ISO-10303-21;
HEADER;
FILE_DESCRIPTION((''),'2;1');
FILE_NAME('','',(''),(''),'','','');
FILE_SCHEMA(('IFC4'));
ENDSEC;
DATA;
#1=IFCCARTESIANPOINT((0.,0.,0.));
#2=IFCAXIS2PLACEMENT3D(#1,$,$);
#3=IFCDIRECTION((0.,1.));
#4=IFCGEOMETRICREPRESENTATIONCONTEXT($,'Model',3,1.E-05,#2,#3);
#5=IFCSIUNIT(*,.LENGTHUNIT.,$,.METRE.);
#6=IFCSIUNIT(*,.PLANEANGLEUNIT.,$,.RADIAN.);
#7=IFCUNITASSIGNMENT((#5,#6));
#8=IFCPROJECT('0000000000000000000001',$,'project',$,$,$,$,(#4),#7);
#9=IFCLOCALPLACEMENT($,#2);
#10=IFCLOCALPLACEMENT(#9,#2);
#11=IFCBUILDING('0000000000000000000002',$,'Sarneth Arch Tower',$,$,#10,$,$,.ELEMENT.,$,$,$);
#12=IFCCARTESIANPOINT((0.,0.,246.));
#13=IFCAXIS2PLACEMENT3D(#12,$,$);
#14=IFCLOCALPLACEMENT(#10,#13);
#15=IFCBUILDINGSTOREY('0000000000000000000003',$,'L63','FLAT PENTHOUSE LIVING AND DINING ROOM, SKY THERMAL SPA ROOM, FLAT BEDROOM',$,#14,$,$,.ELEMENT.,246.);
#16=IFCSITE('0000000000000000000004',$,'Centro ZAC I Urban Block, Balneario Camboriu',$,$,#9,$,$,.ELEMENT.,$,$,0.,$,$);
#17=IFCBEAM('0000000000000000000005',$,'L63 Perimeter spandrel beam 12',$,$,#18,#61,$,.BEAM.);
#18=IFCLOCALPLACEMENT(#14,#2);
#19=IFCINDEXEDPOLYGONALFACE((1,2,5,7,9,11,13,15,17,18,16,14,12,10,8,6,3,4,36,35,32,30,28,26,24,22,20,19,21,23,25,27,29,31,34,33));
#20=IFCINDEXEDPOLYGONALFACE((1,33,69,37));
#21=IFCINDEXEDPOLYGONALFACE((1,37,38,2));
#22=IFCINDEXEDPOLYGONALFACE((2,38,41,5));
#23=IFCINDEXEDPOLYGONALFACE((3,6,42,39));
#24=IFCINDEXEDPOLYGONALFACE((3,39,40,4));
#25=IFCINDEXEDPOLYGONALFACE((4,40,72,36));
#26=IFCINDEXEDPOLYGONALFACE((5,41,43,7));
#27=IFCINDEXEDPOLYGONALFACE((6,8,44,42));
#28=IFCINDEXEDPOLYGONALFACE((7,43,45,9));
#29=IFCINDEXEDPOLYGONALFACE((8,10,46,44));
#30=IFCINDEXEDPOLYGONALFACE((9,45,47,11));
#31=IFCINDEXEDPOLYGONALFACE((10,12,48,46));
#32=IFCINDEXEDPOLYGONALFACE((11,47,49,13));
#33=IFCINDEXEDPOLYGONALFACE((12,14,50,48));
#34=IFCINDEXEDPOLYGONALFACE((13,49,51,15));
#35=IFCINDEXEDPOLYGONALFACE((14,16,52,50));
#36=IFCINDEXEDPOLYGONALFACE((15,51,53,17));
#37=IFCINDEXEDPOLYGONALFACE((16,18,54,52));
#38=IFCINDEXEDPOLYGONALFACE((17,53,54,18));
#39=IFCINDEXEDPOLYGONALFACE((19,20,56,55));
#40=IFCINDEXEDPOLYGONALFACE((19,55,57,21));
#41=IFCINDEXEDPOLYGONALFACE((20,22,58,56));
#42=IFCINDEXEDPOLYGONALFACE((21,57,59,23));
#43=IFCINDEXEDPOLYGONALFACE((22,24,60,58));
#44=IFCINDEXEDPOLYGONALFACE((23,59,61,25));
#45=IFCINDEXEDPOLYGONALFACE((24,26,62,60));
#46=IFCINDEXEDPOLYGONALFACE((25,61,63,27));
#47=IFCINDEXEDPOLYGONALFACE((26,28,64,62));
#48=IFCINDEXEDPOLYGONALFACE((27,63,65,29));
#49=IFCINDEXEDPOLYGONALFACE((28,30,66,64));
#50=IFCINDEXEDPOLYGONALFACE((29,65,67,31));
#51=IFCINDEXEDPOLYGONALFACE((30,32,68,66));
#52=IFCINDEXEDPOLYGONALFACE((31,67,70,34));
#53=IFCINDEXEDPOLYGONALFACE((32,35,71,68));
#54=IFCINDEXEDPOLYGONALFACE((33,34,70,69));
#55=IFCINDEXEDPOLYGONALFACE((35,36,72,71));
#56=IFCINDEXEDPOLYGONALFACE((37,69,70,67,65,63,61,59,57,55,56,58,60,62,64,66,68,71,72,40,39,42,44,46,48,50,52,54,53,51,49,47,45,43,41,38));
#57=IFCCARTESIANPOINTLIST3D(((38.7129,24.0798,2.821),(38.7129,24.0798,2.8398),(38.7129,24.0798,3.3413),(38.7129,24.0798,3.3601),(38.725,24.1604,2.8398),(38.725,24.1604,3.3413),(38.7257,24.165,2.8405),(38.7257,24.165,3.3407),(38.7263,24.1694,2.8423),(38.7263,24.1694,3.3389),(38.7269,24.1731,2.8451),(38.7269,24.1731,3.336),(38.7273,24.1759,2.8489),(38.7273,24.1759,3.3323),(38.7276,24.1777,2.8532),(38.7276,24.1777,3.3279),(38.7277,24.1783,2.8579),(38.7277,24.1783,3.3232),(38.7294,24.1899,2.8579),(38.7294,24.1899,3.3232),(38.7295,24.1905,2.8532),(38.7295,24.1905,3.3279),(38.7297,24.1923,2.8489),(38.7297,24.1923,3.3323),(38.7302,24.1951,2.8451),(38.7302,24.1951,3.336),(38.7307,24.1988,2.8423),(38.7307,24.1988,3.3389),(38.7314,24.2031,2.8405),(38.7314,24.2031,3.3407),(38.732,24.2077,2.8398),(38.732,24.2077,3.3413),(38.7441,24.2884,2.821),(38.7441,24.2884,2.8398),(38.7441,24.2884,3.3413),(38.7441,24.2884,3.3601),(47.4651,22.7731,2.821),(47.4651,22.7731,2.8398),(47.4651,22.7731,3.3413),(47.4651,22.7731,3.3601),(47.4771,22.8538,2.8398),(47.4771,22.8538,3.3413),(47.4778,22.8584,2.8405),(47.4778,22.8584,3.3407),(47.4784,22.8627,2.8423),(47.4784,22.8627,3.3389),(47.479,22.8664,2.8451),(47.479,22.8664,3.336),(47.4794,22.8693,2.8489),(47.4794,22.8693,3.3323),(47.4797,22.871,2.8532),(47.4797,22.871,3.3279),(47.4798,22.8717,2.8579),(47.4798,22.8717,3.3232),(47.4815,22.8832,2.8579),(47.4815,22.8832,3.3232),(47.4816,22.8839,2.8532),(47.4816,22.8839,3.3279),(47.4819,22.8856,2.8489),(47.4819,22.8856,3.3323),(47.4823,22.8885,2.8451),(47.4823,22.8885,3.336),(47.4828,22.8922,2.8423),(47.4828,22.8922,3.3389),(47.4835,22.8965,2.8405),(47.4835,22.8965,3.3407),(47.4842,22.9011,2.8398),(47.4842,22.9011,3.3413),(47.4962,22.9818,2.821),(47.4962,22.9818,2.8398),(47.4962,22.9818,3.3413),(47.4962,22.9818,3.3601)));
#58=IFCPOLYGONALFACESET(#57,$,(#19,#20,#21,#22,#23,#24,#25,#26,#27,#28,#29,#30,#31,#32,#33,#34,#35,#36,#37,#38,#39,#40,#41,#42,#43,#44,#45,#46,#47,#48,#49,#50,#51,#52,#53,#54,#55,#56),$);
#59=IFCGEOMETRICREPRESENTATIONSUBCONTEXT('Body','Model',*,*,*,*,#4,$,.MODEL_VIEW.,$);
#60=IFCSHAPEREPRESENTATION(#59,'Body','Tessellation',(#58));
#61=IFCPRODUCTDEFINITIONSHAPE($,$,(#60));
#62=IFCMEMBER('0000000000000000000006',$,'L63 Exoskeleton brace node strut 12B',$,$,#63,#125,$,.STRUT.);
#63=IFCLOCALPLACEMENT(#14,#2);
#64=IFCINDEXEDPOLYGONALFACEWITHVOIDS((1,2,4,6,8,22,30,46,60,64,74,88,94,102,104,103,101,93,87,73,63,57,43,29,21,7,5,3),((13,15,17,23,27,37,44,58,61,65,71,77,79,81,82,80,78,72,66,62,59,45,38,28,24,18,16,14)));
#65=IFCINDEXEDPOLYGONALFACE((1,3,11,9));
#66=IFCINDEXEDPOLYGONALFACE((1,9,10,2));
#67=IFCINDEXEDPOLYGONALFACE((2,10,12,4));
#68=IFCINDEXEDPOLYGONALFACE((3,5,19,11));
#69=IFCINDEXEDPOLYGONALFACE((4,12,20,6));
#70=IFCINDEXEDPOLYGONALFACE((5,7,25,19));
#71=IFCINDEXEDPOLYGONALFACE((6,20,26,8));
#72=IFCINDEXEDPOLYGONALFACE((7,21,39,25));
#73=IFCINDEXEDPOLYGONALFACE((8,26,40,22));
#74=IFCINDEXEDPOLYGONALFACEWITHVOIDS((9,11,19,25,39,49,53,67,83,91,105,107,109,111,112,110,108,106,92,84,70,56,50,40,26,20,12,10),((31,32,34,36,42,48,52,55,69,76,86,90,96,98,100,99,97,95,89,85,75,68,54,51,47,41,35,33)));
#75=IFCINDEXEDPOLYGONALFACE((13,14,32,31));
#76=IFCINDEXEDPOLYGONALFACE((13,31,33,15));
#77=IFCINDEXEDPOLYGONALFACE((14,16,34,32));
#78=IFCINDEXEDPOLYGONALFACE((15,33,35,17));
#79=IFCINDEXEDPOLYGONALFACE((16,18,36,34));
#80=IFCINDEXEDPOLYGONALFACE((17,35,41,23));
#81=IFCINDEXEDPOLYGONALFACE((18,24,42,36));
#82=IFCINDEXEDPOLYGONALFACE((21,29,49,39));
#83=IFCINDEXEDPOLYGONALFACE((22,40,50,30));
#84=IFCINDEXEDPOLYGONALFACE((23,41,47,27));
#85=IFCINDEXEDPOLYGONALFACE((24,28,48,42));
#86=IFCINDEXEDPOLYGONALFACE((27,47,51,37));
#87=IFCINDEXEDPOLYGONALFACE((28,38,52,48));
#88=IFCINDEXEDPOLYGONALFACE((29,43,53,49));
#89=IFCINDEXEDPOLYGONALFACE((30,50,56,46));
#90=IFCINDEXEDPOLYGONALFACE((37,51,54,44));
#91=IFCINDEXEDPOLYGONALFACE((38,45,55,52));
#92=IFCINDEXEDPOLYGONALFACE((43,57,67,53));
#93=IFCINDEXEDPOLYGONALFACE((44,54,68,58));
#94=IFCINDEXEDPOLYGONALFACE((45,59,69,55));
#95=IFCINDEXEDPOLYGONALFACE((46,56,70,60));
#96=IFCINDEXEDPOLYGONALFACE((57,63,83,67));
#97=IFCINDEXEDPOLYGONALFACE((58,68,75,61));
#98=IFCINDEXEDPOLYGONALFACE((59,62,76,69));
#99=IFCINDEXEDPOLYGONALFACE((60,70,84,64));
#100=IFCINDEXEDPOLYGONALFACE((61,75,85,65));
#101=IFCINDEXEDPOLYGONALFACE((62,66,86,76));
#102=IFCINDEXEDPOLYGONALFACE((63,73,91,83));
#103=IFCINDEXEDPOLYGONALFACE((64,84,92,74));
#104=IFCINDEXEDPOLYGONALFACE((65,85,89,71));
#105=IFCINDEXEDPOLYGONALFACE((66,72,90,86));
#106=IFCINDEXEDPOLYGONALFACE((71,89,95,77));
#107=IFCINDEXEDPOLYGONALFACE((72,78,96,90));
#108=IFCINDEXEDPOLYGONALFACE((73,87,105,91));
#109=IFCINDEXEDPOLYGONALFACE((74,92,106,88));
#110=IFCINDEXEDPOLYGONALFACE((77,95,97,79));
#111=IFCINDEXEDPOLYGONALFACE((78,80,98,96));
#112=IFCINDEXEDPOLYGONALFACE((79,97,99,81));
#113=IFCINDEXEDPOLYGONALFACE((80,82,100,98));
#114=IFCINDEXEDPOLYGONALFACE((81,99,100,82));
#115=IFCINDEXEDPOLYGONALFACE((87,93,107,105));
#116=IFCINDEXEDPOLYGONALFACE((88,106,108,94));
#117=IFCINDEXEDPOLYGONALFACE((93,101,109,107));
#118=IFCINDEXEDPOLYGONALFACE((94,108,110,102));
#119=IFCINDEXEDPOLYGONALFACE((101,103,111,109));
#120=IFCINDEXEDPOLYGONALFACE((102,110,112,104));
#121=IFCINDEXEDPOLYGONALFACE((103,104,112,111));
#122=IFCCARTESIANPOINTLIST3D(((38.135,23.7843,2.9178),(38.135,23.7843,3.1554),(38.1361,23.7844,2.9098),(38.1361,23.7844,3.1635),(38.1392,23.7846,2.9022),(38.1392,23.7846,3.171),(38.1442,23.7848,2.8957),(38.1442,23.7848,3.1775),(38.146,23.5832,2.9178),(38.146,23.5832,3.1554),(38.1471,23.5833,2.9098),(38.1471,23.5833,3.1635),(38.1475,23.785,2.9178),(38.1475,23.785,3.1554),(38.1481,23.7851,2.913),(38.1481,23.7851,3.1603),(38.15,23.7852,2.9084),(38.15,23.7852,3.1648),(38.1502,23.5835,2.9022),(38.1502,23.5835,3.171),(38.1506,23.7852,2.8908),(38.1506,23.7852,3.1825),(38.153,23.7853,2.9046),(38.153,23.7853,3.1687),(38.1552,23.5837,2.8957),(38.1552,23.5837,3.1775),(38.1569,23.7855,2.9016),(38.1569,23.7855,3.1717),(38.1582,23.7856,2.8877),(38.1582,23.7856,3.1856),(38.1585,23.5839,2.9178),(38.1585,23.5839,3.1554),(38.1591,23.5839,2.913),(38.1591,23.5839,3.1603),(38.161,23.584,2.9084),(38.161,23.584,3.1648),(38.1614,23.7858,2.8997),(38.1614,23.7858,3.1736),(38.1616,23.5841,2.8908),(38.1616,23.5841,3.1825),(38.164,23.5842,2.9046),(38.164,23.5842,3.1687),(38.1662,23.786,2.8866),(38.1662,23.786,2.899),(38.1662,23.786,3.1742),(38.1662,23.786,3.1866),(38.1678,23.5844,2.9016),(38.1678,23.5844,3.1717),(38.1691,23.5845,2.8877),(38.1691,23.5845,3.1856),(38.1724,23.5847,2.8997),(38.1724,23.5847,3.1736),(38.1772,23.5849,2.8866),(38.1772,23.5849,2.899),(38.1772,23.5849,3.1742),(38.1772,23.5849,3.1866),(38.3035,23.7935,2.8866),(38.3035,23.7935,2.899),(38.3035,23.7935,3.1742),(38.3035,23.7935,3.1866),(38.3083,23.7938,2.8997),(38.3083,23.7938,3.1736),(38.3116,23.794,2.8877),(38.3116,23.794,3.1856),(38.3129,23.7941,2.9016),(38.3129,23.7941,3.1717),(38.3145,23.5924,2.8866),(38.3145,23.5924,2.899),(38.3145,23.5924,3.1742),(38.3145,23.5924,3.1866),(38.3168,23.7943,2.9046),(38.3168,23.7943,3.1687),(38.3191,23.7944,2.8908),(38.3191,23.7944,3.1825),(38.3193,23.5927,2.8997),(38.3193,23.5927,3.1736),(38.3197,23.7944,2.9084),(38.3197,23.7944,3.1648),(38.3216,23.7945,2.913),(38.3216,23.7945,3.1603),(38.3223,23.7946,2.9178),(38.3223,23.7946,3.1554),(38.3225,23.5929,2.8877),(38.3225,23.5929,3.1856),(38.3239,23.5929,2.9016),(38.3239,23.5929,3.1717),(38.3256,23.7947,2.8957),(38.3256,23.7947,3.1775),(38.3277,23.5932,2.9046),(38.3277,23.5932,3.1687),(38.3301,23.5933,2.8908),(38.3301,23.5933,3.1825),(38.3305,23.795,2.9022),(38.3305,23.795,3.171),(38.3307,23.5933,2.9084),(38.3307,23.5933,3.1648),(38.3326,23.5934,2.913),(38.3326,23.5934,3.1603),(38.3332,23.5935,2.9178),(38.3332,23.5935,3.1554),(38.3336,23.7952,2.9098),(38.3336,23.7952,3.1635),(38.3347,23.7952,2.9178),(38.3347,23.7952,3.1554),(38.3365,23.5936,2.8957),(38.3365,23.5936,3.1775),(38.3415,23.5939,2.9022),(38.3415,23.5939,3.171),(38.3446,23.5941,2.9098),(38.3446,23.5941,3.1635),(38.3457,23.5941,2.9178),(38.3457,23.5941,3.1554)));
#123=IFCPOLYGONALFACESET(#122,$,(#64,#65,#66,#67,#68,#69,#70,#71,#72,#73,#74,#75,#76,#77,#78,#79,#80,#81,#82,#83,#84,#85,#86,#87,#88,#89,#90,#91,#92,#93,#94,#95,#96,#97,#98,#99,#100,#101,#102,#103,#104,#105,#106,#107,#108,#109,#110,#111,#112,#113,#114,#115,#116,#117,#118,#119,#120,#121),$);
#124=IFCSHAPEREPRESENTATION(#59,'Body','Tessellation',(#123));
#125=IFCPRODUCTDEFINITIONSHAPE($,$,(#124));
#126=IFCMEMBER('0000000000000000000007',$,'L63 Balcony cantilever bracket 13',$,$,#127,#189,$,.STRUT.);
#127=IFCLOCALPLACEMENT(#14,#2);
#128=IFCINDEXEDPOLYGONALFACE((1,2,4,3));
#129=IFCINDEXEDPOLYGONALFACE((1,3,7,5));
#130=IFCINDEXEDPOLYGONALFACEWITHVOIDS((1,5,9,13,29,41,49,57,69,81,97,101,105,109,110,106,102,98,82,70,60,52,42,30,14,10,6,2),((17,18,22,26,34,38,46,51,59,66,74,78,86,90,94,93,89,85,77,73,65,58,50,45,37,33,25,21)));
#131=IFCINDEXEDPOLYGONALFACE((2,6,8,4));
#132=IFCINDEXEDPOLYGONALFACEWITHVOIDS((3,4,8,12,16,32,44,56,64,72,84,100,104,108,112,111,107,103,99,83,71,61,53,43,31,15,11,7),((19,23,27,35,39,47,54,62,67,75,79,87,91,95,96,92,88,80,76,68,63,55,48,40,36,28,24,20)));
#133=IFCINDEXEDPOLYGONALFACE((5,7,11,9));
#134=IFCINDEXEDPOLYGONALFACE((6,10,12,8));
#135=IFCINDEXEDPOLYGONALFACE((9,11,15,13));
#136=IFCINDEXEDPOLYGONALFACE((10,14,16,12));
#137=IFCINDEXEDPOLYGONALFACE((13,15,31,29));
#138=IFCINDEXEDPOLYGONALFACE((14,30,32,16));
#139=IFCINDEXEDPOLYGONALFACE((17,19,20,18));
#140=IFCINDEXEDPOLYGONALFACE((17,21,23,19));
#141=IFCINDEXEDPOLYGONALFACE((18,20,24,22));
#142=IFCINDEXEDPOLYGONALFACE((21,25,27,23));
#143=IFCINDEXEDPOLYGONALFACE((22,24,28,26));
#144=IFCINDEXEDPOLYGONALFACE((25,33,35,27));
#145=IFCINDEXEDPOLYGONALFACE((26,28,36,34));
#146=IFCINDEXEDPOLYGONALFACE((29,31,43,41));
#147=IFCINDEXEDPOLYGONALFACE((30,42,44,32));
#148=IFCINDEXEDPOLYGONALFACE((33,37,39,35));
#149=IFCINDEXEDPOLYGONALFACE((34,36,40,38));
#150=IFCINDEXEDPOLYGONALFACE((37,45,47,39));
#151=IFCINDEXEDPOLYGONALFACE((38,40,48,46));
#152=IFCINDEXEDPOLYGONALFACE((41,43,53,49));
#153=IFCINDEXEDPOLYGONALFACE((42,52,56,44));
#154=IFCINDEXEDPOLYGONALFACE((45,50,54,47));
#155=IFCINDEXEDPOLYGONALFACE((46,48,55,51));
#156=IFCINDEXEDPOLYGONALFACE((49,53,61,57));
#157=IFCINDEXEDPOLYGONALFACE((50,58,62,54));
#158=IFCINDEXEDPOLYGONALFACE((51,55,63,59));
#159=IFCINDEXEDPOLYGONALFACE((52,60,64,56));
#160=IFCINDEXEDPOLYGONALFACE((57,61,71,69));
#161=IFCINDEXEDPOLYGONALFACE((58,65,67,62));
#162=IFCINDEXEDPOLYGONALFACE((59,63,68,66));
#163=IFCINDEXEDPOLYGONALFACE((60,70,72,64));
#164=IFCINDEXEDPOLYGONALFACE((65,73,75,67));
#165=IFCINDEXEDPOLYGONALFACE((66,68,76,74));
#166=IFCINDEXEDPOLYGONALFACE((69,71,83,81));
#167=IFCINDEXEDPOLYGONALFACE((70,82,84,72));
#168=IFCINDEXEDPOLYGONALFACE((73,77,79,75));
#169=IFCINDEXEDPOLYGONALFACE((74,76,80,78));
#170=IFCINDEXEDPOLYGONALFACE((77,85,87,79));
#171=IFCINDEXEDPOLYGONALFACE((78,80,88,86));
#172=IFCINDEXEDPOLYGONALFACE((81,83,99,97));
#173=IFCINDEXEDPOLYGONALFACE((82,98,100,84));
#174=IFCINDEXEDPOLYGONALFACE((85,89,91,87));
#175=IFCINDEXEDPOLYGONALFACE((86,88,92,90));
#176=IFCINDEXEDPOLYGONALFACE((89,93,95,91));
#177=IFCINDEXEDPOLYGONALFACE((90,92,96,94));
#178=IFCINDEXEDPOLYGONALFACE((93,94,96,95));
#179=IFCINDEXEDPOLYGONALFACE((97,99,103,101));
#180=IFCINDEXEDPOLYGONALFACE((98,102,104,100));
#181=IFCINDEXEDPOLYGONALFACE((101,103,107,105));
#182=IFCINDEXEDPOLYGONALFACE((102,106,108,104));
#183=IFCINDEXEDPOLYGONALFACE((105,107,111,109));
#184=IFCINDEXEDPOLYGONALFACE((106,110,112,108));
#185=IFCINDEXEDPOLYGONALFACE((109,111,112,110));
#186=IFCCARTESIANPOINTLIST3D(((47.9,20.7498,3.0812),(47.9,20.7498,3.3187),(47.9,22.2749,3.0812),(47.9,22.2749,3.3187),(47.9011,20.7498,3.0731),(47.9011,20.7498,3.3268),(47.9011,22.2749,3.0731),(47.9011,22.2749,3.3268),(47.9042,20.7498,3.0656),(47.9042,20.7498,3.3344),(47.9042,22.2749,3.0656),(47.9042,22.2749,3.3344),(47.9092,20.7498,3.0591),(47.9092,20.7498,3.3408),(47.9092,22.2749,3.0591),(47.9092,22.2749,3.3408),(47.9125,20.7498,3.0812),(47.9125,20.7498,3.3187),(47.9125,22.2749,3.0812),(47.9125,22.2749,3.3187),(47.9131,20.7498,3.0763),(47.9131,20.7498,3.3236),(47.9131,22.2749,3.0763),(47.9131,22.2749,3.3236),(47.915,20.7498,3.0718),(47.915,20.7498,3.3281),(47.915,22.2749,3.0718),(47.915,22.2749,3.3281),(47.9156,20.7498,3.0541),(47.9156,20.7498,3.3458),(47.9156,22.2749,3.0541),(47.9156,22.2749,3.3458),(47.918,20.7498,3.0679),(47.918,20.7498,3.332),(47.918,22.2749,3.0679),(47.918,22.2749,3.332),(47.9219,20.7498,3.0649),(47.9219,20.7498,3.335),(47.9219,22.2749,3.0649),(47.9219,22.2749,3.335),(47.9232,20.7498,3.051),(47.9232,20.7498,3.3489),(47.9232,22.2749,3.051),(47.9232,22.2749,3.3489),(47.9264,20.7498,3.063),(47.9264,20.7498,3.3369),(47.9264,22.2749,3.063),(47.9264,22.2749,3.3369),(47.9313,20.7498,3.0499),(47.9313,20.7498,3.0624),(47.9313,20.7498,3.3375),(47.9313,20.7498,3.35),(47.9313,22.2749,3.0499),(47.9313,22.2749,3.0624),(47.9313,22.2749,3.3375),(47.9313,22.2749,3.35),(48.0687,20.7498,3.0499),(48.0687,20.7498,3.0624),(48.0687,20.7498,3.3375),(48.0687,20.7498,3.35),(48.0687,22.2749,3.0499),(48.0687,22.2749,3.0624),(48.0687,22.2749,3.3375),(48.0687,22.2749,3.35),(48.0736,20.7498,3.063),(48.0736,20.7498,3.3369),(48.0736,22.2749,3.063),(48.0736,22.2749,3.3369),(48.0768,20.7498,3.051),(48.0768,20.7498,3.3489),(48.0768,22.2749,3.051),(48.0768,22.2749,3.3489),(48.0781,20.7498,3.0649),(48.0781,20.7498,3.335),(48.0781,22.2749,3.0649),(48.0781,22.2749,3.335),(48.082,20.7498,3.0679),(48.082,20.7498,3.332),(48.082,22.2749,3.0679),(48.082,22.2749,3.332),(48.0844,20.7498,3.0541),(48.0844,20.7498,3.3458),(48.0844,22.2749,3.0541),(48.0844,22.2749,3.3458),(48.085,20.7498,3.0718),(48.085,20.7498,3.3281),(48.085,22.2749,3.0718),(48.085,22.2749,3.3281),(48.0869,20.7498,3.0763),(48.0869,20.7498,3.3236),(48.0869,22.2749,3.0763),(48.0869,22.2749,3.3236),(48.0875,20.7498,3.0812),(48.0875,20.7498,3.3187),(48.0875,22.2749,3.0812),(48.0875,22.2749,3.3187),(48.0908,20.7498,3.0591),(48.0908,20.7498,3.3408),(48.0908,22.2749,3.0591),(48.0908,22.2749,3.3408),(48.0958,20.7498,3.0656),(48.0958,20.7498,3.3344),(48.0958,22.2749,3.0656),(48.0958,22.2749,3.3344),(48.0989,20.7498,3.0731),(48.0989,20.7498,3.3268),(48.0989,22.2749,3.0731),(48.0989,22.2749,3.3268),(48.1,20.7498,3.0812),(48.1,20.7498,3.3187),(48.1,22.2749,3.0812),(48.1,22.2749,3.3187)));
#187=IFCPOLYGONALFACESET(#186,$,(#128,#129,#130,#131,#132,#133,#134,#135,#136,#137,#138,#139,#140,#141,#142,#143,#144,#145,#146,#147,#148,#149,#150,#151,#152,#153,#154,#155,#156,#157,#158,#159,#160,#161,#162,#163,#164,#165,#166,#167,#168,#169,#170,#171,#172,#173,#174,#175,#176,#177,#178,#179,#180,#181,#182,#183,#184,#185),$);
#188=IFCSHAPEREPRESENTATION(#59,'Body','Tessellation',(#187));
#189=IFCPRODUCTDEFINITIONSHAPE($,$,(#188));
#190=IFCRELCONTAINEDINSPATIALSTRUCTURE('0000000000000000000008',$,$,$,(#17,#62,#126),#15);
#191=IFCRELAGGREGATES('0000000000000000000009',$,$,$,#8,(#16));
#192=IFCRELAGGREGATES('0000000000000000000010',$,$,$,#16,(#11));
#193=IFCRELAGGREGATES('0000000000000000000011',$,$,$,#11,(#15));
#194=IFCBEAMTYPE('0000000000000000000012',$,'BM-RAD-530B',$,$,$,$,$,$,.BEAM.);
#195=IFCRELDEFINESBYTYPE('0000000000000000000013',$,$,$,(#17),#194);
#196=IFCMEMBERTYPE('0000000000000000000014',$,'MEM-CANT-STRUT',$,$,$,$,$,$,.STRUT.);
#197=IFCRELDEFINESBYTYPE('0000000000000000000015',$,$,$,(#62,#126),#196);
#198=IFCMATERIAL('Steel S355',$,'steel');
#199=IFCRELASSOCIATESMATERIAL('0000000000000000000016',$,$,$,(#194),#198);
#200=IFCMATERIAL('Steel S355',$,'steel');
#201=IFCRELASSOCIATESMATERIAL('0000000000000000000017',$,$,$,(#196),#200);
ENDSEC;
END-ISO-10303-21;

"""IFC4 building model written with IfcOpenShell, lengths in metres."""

from ifc_helpers import new_model, si_unit, direction, frame, origin, origin_2d, place, context, subcontext, project, spatial, hollow_rectangle, i_section, extrude, material, material_profile, profile_set, type_object, element, save


model = new_model("IFC4")

# Units and contexts
model_context = context("Model", 3, precision=1e-05, world=origin(), true_north=direction((0.0, 1.0)))
body_context = subcontext(model_context, "Body", "Model", "MODEL_VIEW")
ifc_project = project(units=[si_unit("LENGTHUNIT", "METRE"), si_unit("PLANEANGLEUNIT", "RADIAN")], contexts=[model_context])

# Site, building, storey
site_placement = place(None, origin())
site = spatial("IfcSite", under=ifc_project, at=site_placement, Name="Centro ZAC I Urban Block, Balneario Camboriu", CompositionType="ELEMENT", RefElevation=0.0)
building_placement = place(site_placement, origin())
building = spatial("IfcBuilding", under=site, at=building_placement, Name="Sarneth Arch Tower", CompositionType="ELEMENT")
storey_placement = place(building_placement, frame((0.0, 0.0, 246.0)))
storey = spatial("IfcBuildingStorey", under=building, at=storey_placement, Name="L63", Description="FLAT PENTHOUSE LIVING AND DINING ROOM, SKY THERMAL SPA ROOM, FLAT BEDROOM", CompositionType="ELEMENT", Elevation=246.0)

# Beam
ifc_material_1 = material(Name="Steel S355", Category="steel")
ifc_material_profile_1 = material_profile(ifc_material_1, i_section(OverallWidth=0.2109, OverallDepth=0.5391, WebThickness=0.0117, FlangeThickness=0.0188, FilletRadius=0.0181, at=origin_2d()), Name="W530x109")
ifc_profile_set_1 = profile_set([ifc_material_profile_1], Name="Steel S355")
beam_type = type_object("IfcBeamType", Name="BM-RAD-530B", PredefinedType="BEAM", material=ifc_profile_set_1)
beam_placement = place(storey_placement, frame((38.7285, 24.1841, 3.0906), z_axis=(0.989039, -0.147656, 0.0), x_axis=(0.147656, 0.989039, 0.0)))
element("IfcBeam", 1, at=beam_placement, inside=storey, type_object=beam_type, Name="L63 Perimeter spandrel beam 12", PredefinedType="BEAM", context=body_context, shape_type="SweptSolid", body=[
    extrude(i_section(OverallWidth=0.2109, OverallDepth=0.5391, WebThickness=0.0117, FlangeThickness=0.0188, FilletRadius=0.0181, at=origin_2d()), origin(), (0.0, 0.0, 1.0), 8.8491),
])

# Members
ifc_material_2 = material(Name="Steel S355", Category="steel")
ifc_material_profile_2 = material_profile(ifc_material_2, hollow_rectangle(XDim=0.2, YDim=0.3, WallThickness=0.0125, InnerFilletRadius=0.0188, OuterFilletRadius=0.0312, at=origin_2d()), Name="RHS300x200x12.5")
ifc_profile_set_2 = profile_set([ifc_material_profile_2], Name="Steel S355")
member_type_1 = type_object("IfcMemberType", Name="MEM-CANT-STRUT", PredefinedType="STRUT", material=ifc_profile_set_2)
member_1_placement = place(storey_placement, frame((38.2349, 23.7898, 3.0366), z_axis=(0.05453, -0.998512, 0.0), x_axis=(0.998512, 0.05453, 0.0)))
element("IfcMember", 2, at=member_1_placement, inside=storey, type_object=member_type_1, Name="L63 Exoskeleton brace node strut 12B", PredefinedType="STRUT", context=body_context, shape_type="SweptSolid", body=[
    extrude(hollow_rectangle(XDim=0.2, YDim=0.3, WallThickness=0.0125, InnerFilletRadius=0.0188, OuterFilletRadius=0.0312, at=origin_2d()), origin(), (0.0, 0.0, 1.0), 0.2014),
])
member_2_placement = place(storey_placement, frame((48.0, 22.2749, 3.2), z_axis=(0.0, -1.0, 0.0), x_axis=(1.0, 0.0, 0.0)))
element("IfcMember", 3, at=member_2_placement, inside=storey, type_object=member_type_1, Name="L63 Balcony cantilever bracket 13", PredefinedType="STRUT", context=body_context, shape_type="SweptSolid", body=[
    extrude(hollow_rectangle(XDim=0.2, YDim=0.3, WallThickness=0.0125, InnerFilletRadius=0.0188, OuterFilletRadius=0.0312, at=origin_2d()), origin(), (0.0, 0.0, 1.0), 1.5251),
])

save(model, "model.ifc")
